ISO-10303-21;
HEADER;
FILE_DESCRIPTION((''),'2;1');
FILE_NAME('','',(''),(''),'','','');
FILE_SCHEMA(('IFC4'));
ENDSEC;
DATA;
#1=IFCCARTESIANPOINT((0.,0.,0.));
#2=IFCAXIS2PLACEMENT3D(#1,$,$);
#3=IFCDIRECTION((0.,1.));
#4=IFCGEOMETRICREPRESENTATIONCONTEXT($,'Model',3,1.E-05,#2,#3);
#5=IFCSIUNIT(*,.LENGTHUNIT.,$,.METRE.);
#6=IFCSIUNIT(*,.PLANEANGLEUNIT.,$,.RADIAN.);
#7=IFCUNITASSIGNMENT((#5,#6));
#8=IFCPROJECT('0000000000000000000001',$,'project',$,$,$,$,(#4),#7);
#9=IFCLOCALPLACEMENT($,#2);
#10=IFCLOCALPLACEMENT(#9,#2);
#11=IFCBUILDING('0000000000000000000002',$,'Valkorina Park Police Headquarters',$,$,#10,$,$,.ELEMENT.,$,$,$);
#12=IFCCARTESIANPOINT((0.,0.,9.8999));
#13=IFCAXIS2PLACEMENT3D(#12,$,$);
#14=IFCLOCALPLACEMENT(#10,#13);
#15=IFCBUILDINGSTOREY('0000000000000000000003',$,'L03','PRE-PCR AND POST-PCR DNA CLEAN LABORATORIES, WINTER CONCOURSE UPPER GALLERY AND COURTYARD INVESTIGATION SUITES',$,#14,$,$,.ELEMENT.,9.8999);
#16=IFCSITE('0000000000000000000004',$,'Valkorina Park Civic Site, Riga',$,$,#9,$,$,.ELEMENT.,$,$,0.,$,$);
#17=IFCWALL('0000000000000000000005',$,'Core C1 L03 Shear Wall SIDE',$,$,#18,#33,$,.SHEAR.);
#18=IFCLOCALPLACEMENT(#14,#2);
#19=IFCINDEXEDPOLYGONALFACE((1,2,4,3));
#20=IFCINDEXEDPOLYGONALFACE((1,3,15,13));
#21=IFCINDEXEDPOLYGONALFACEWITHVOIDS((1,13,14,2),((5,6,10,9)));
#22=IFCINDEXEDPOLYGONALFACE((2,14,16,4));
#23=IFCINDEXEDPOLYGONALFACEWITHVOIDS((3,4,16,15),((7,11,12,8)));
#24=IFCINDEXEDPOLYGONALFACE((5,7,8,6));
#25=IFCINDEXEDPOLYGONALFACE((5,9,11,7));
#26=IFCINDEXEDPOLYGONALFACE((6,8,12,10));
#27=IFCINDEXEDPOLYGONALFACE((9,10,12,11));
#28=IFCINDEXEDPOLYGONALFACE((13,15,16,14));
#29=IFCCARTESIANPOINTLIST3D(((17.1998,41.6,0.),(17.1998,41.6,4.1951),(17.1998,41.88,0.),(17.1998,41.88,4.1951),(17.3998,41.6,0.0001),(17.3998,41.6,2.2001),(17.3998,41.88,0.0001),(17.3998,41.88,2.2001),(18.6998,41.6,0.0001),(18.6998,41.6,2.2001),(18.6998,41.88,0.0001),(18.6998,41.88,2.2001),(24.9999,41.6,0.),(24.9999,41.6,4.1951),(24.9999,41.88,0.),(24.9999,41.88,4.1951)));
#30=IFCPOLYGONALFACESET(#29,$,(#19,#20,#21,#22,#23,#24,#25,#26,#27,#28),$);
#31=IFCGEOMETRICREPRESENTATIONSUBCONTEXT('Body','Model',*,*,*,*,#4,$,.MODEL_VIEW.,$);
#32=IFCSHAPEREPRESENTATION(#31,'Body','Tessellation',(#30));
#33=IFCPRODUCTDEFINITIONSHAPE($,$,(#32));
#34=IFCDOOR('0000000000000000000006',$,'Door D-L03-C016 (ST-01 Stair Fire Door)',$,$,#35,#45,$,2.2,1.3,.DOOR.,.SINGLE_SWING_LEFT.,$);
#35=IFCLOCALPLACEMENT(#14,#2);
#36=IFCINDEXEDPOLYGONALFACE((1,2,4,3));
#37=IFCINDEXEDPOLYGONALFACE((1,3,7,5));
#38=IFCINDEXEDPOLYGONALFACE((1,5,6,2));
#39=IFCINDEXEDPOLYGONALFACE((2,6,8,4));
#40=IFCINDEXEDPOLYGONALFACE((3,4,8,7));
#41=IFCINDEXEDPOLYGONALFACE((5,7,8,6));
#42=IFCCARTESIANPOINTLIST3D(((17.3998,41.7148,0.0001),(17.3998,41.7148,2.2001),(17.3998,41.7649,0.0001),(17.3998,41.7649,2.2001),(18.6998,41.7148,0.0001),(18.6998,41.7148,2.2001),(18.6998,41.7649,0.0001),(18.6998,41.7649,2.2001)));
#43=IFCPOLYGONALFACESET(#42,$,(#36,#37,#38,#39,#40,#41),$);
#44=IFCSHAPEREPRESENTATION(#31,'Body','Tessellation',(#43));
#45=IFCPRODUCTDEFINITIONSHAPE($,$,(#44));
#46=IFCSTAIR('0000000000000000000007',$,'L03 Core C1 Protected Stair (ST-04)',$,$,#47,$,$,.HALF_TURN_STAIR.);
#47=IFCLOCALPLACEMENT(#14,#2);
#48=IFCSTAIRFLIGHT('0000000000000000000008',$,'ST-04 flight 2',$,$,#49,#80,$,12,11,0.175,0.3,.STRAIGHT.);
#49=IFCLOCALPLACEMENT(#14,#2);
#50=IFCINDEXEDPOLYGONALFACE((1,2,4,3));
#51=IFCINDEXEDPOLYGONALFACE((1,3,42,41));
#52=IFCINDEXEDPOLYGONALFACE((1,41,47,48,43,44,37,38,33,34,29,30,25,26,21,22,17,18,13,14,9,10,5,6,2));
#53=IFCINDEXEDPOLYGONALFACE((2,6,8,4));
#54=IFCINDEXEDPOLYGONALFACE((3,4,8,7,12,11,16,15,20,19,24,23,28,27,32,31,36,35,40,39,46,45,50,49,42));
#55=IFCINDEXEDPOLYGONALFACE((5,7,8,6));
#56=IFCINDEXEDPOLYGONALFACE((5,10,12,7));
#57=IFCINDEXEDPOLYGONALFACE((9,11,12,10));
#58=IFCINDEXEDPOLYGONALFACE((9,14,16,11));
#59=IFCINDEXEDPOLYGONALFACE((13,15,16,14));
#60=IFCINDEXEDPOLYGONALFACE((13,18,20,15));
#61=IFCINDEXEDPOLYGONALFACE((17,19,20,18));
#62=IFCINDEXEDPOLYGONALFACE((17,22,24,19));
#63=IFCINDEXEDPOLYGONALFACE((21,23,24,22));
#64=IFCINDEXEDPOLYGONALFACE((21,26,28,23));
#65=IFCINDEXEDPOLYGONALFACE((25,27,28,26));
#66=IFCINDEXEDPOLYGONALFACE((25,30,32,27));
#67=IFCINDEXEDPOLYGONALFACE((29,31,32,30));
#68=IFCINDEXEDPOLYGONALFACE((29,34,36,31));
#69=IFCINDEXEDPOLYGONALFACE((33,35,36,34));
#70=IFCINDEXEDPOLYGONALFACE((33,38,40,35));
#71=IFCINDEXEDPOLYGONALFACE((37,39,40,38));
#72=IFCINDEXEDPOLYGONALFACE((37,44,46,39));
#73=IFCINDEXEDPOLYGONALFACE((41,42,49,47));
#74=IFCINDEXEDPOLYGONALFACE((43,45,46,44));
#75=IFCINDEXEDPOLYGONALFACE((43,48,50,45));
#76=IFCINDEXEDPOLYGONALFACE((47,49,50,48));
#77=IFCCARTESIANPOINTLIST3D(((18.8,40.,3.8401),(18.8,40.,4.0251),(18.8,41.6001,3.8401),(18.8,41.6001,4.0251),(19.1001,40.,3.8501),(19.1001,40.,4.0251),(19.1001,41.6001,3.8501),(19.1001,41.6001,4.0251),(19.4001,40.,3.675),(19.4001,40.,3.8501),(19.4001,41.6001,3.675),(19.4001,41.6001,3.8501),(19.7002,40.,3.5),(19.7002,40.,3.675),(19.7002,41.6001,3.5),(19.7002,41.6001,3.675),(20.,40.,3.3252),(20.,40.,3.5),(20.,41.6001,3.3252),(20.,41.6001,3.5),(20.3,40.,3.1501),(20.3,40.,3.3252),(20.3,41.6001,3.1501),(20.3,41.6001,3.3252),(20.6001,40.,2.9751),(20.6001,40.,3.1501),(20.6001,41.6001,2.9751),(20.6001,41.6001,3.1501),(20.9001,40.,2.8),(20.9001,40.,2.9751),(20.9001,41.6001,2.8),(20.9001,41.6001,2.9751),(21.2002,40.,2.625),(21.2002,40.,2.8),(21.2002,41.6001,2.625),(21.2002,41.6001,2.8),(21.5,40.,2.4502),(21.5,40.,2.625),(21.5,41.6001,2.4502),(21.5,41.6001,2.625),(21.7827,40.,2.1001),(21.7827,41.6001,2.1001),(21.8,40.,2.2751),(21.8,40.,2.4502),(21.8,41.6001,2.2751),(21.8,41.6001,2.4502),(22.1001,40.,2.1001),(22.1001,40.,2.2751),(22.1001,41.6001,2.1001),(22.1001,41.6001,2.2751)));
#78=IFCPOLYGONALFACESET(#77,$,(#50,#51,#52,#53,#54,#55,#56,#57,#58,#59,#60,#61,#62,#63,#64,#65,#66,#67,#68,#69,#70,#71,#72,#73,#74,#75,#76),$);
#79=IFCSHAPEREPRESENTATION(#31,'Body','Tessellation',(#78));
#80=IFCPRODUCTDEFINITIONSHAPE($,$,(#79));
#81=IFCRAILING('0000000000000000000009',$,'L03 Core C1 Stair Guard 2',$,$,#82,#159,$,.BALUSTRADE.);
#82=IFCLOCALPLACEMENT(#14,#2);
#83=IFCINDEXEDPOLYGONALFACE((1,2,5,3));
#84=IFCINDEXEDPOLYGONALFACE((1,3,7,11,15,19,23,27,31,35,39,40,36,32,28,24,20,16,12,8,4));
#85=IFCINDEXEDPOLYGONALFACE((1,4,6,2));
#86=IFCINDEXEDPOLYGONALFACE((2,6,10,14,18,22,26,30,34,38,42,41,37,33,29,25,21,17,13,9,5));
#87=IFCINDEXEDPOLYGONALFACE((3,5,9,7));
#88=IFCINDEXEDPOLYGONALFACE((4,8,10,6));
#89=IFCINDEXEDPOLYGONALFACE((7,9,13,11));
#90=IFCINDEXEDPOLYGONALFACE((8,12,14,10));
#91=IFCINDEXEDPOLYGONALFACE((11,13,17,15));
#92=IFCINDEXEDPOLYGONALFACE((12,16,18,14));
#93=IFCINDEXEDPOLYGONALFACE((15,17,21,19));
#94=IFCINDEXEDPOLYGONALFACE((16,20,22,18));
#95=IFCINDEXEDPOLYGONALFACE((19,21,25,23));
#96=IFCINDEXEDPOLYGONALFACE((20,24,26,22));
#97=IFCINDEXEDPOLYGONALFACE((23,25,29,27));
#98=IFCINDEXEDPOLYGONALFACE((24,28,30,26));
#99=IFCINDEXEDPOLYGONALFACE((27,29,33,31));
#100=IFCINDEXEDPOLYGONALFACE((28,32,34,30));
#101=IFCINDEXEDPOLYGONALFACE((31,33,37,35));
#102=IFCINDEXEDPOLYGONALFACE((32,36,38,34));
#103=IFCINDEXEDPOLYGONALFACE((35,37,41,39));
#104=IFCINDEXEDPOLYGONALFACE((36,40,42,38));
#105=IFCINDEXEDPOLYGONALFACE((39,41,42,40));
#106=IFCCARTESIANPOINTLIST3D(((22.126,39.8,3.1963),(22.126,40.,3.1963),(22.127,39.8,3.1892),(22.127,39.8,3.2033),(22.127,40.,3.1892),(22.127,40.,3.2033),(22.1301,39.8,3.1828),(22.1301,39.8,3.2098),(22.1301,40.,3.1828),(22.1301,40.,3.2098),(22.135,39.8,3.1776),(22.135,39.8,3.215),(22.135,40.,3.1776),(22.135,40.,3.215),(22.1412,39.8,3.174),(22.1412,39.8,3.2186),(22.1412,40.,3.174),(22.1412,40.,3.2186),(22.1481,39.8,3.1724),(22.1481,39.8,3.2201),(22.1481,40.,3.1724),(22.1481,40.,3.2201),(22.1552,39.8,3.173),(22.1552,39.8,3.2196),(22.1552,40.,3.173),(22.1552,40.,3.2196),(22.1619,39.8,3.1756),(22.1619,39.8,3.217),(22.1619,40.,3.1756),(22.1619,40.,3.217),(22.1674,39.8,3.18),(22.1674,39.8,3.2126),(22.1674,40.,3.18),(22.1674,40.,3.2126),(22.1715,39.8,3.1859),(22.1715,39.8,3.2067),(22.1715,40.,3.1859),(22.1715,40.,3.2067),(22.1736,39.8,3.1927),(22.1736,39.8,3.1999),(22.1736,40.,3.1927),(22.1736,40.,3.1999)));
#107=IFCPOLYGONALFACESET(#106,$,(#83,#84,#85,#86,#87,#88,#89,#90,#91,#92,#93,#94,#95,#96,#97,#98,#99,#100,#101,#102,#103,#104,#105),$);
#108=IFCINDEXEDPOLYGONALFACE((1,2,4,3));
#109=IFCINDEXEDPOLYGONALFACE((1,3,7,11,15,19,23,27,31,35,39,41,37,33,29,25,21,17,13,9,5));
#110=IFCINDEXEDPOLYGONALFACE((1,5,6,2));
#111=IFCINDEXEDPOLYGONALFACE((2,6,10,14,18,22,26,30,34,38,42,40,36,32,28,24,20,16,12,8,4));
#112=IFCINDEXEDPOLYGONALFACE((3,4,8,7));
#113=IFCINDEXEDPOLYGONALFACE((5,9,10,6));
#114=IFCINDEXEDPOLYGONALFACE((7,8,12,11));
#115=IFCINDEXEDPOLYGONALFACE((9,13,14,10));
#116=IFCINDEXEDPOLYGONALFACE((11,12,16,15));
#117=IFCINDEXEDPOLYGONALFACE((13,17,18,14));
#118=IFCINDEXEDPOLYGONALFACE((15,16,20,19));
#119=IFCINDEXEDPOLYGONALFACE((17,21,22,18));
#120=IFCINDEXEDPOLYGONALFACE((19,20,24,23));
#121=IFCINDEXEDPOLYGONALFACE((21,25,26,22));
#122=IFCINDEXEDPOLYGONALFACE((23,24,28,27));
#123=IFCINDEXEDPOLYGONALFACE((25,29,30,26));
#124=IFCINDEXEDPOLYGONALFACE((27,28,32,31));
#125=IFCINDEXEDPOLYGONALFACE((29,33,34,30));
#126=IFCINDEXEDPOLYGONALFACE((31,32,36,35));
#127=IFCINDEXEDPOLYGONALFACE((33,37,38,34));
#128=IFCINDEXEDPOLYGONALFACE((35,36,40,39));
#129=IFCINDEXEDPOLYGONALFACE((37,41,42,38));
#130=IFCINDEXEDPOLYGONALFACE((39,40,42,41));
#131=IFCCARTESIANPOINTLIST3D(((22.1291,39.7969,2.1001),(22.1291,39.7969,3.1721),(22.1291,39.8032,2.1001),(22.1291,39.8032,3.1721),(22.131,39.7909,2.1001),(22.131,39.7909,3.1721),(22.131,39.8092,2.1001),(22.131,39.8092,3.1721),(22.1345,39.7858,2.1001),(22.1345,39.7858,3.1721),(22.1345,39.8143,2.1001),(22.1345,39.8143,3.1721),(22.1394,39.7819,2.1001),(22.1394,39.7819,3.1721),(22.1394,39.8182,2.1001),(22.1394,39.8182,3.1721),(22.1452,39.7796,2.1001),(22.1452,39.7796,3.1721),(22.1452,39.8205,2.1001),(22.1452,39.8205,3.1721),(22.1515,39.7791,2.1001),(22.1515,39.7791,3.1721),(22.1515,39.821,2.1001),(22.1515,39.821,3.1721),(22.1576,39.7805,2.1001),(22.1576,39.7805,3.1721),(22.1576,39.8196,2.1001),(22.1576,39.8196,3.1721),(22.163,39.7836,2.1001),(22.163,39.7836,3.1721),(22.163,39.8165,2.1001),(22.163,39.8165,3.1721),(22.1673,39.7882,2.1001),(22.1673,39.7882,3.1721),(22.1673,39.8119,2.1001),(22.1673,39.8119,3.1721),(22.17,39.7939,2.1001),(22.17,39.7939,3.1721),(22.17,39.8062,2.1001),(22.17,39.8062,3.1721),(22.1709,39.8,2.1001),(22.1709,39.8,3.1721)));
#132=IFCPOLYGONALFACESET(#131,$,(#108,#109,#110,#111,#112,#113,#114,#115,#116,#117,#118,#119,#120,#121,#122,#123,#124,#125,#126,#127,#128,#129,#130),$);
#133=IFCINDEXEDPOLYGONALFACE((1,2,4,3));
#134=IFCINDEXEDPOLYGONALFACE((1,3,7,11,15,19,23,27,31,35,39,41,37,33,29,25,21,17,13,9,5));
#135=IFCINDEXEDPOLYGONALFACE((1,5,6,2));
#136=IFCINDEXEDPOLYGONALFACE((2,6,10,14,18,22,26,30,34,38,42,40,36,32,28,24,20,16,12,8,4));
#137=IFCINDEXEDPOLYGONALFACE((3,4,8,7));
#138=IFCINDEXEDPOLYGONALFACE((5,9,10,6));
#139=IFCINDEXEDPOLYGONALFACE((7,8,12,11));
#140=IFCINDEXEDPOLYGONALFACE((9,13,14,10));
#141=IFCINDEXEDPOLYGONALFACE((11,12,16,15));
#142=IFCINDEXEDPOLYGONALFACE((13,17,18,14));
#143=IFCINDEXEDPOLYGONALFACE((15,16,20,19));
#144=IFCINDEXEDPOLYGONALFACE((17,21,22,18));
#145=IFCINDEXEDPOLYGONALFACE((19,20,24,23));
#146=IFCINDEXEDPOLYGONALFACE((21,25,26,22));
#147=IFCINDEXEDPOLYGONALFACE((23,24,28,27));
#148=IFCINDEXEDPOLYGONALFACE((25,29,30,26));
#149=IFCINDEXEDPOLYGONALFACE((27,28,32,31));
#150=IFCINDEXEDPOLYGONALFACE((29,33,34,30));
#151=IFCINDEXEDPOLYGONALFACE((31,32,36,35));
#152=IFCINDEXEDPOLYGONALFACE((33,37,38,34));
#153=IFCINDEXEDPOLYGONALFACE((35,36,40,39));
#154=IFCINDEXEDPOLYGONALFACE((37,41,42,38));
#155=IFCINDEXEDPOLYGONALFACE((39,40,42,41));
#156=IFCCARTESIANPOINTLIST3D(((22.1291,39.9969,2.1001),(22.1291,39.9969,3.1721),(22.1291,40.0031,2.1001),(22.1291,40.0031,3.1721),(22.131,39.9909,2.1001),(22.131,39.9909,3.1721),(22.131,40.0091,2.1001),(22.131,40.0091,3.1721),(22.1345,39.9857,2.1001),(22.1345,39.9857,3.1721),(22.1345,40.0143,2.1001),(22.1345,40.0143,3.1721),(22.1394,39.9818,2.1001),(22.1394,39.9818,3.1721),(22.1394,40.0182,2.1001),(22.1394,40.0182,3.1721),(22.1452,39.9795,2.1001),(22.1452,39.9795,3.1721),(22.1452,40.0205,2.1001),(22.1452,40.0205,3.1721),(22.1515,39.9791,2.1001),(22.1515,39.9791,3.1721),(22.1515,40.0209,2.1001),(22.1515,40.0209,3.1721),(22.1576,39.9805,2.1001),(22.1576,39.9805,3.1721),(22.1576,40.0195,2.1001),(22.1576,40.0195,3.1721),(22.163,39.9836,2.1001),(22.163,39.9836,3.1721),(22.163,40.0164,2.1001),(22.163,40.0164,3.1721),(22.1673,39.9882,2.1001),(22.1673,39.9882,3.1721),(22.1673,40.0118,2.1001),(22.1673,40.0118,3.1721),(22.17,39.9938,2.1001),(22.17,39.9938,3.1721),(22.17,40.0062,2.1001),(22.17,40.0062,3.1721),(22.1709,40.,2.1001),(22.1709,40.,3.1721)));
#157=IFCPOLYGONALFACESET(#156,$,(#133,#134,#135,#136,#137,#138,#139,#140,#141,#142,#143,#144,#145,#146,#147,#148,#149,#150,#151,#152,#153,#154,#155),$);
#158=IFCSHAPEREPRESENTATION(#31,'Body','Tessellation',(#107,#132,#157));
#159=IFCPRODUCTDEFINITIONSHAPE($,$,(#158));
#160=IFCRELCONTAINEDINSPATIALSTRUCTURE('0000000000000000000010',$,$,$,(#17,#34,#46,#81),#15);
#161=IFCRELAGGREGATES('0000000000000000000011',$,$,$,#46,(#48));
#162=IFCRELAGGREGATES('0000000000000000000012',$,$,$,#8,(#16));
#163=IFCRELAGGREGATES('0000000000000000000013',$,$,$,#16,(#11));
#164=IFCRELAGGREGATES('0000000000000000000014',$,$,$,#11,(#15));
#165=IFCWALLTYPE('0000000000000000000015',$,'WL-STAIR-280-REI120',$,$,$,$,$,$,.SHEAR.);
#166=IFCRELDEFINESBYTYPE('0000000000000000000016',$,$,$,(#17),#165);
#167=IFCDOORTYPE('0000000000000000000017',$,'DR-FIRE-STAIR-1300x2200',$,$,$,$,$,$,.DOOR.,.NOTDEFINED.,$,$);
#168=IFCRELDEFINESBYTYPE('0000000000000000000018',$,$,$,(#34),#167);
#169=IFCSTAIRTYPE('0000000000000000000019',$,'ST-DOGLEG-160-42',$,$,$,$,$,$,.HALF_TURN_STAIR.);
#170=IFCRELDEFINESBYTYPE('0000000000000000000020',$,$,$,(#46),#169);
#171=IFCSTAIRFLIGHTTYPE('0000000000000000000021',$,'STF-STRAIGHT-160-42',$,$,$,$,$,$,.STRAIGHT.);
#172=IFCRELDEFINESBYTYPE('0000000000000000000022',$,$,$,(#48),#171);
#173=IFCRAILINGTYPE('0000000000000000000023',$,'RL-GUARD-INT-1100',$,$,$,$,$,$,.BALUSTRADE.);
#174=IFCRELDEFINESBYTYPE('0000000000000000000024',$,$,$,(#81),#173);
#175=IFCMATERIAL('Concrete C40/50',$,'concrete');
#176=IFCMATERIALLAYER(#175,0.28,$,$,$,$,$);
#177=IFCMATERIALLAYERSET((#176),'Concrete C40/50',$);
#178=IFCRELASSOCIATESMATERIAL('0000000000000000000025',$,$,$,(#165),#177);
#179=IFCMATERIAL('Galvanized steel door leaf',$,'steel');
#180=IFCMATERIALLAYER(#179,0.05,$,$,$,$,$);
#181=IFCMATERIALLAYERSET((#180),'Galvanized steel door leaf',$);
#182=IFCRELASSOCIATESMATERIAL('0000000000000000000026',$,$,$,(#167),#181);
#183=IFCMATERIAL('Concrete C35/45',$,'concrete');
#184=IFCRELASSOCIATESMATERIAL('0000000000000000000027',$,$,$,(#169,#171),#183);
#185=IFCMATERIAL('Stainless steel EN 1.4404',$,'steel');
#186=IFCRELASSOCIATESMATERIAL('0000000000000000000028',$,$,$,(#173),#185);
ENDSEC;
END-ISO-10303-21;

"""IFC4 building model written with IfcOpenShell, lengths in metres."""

from ifc_helpers import new_model, si_unit, direction, frame, frame_2d, origin, origin_2d, place, context, subcontext, project, spatial, polyline, rectangle, circle, outline, extrude, material, layer, layer_set, type_object, element, fill, aggregate, save


model = new_model("IFC4")

# Units and contexts
model_context = context("Model", 3, precision=1e-05, world=origin(), true_north=direction((0.0, 1.0)))
body_context = subcontext(model_context, "Body", "Model", "MODEL_VIEW")
ifc_project = project(units=[si_unit("LENGTHUNIT", "METRE"), si_unit("PLANEANGLEUNIT", "RADIAN")], contexts=[model_context])

# Site, building, storey
site_placement = place(None, origin())
site = spatial("IfcSite", under=ifc_project, at=site_placement, Name="Valkorina Park Civic Site, Riga", CompositionType="ELEMENT", RefElevation=0.0)
building_placement = place(site_placement, origin())
building = spatial("IfcBuilding", under=site, at=building_placement, Name="Valkorina Park Police Headquarters", CompositionType="ELEMENT")
storey_placement = place(building_placement, frame((0.0, 0.0, 9.8999)))
storey = spatial("IfcBuildingStorey", under=building, at=storey_placement, Name="L03", Description="PRE-PCR AND POST-PCR DNA CLEAN LABORATORIES, WINTER CONCOURSE UPPER GALLERY AND COURTYARD INVESTIGATION SUITES", CompositionType="ELEMENT", Elevation=9.8999)

# Shared definitions
ifc_material_1 = material(Name="Stainless steel EN 1.4404", Category="steel")

# Wall, opening, door
ifc_material_2 = material(Name="Concrete C40/50", Category="concrete")
ifc_layer_1 = layer(ifc_material_2, 0.28)
ifc_layer_set_1 = layer_set([ifc_layer_1], Name="Concrete C40/50")
wall_type_1 = type_object("IfcWallType", Name="WL-STAIR-280-REI120", PredefinedType="SHEAR", material=ifc_layer_set_1)
wall_1_placement = place(storey_placement, frame((17.2, 41.74, 0.0), z_axis=(0.0, 0.0, 1.0), x_axis=(1.0, 0.0, 0.0)))
wall_1 = element("IfcWall", 1, at=wall_1_placement, inside=storey, type_object=wall_type_1, Name="Core C1 L03 Shear Wall SIDE", PredefinedType="SHEAR", context=body_context, shape_type="SweptSolid", body=[
    extrude(rectangle(XDim=7.8, YDim=0.28, at=frame_2d((3.8999, 0.0))), origin(), (0.0, 0.0, 1.0), 4.1951),
])
opening_1_placement = place(wall_1_placement, frame((0.2, 0.0, 0.0)))
opening_1 = element("IfcOpeningElement", 2, at=opening_1_placement, cuts=wall_1, PredefinedType="OPENING", context=body_context, shape_type="SweptSolid", body=[
    extrude(rectangle(XDim=1.3, YDim=2.2, at=frame_2d((0.6499, 1.1001))), frame((0.0, 0.1499, 0.0), z_axis=(0.0, -1.0, 0.0), x_axis=(1.0, 0.0, 0.0)), (0.0, 0.0, 1.0), 0.3),
])
ifc_material_3 = material(Name="Galvanized steel door leaf", Category="steel")
ifc_layer_2 = layer(ifc_material_3, 0.05)
ifc_layer_set_2 = layer_set([ifc_layer_2], Name="Galvanized steel door leaf")
door_type_1 = type_object("IfcDoorType", Name="DR-FIRE-STAIR-1300x2200", OperationType="NOTDEFINED", PredefinedType="DOOR", material=ifc_layer_set_2)
door_1_placement = place(opening_1_placement, origin())
door_1 = element("IfcDoor", 3, at=door_1_placement, inside=storey, type_object=door_type_1, Name="Door D-L03-C016 (ST-01 Stair Fire Door)", OperationType="SINGLE_SWING_LEFT", OverallHeight=2.2, OverallWidth=1.3, PredefinedType="DOOR", context=body_context, shape_type="SweptSolid", body=[
    extrude(rectangle(XDim=1.3, YDim=2.2, at=frame_2d((0.6499, 1.1001))), frame((0.0, 0.0249, 0.0), z_axis=(0.0, -1.0, 0.0), x_axis=(1.0, 0.0, 0.0)), (0.0, 0.0, 1.0), 0.05),
])
fill(opening_1, door_1)

# Stair, stair flight
ifc_material_4 = material(Name="Concrete C35/45", Category="concrete")
stair_type = type_object("IfcStairType", Name="ST-DOGLEG-160-42", PredefinedType="HALF_TURN_STAIR", material=ifc_material_4)
stair_placement = place(storey_placement, origin())
stair = element("IfcStair", 4, at=stair_placement, inside=storey, type_object=stair_type, Name="L03 Core C1 Protected Stair (ST-04)", PredefinedType="HALF_TURN_STAIR")
stair_flight_type = type_object("IfcStairFlightType", Name="STF-STRAIGHT-160-42", PredefinedType="STRAIGHT", material=ifc_material_4)
stair_flight_placement = place(storey_placement, frame((22.1001, 40.8, 2.1001), z_axis=(0.0, 0.0, 1.0), x_axis=(-1.0, 0.0, 0.0)))
stair_flight = element("IfcStairFlight", 5, at=stair_flight_placement, type_object=stair_flight_type, Name="ST-04 flight 2", NumberOfRisers=12, NumberOfTreads=11, PredefinedType="STRAIGHT", RiserHeight=0.175, TreadLength=0.3, context=body_context, shape_type="SweptSolid", body=[
    extrude(outline(polyline([(0.0, 0.0), (0.0, 0.175), (0.3, 0.175), (0.3, 0.3501), (0.6001, 0.3501), (0.6001, 0.5249), (0.8999, 0.5249), (0.8999, 0.7), (1.2, 0.7), (1.2, 0.875), (1.5, 0.875), (1.5, 1.05), (1.8, 1.05), (1.8, 1.2251), (2.1001, 1.2251), (2.1001, 1.3999), (2.3999, 1.3999), (2.3999, 1.575), (2.7, 1.575), (2.7, 1.75), (3.0, 1.75), (3.0, 1.925), (3.3, 1.925), (3.3, 2.1001), (3.3, 1.74), (0.3174, 0.0), (0.0, 0.0)])), frame((0.0, 0.8, 0.0), z_axis=(0.0, -1.0, 0.0), x_axis=(1.0, 0.0, 0.0)), (0.0, 0.0, 1.0), 1.6001),
])
aggregate(stair, [stair_flight])

# Railing
railing_type_1 = type_object("IfcRailingType", Name="RL-GUARD-INT-1100", PredefinedType="BALUSTRADE", material=ifc_material_1)
railing_1_placement = place(storey_placement, frame((22.1499, 39.8, 2.1001)))
element("IfcRailing", 6, at=railing_1_placement, inside=storey, type_object=railing_type_1, Name="L03 Core C1 Stair Guard 2", PredefinedType="BALUSTRADE", context=body_context, shape_type="SweptSolid", body=[
    extrude(circle(Radius=0.0239, at=origin_2d()), frame((0.0, 0.0, 1.0962), z_axis=(0.0, 1.0, 0.0), x_axis=(-1.0, 0.0, 0.0)), (0.0, 0.0, 1.0), 0.2),
    extrude(circle(Radius=0.021, at=origin_2d()), origin(), (0.0, 0.0, 1.0), 1.072),
    extrude(circle(Radius=0.021, at=origin_2d()), frame((0.0, 0.2, 0.0)), (0.0, 0.0, 1.0), 1.072),
])

save(model, "model.ifc")
